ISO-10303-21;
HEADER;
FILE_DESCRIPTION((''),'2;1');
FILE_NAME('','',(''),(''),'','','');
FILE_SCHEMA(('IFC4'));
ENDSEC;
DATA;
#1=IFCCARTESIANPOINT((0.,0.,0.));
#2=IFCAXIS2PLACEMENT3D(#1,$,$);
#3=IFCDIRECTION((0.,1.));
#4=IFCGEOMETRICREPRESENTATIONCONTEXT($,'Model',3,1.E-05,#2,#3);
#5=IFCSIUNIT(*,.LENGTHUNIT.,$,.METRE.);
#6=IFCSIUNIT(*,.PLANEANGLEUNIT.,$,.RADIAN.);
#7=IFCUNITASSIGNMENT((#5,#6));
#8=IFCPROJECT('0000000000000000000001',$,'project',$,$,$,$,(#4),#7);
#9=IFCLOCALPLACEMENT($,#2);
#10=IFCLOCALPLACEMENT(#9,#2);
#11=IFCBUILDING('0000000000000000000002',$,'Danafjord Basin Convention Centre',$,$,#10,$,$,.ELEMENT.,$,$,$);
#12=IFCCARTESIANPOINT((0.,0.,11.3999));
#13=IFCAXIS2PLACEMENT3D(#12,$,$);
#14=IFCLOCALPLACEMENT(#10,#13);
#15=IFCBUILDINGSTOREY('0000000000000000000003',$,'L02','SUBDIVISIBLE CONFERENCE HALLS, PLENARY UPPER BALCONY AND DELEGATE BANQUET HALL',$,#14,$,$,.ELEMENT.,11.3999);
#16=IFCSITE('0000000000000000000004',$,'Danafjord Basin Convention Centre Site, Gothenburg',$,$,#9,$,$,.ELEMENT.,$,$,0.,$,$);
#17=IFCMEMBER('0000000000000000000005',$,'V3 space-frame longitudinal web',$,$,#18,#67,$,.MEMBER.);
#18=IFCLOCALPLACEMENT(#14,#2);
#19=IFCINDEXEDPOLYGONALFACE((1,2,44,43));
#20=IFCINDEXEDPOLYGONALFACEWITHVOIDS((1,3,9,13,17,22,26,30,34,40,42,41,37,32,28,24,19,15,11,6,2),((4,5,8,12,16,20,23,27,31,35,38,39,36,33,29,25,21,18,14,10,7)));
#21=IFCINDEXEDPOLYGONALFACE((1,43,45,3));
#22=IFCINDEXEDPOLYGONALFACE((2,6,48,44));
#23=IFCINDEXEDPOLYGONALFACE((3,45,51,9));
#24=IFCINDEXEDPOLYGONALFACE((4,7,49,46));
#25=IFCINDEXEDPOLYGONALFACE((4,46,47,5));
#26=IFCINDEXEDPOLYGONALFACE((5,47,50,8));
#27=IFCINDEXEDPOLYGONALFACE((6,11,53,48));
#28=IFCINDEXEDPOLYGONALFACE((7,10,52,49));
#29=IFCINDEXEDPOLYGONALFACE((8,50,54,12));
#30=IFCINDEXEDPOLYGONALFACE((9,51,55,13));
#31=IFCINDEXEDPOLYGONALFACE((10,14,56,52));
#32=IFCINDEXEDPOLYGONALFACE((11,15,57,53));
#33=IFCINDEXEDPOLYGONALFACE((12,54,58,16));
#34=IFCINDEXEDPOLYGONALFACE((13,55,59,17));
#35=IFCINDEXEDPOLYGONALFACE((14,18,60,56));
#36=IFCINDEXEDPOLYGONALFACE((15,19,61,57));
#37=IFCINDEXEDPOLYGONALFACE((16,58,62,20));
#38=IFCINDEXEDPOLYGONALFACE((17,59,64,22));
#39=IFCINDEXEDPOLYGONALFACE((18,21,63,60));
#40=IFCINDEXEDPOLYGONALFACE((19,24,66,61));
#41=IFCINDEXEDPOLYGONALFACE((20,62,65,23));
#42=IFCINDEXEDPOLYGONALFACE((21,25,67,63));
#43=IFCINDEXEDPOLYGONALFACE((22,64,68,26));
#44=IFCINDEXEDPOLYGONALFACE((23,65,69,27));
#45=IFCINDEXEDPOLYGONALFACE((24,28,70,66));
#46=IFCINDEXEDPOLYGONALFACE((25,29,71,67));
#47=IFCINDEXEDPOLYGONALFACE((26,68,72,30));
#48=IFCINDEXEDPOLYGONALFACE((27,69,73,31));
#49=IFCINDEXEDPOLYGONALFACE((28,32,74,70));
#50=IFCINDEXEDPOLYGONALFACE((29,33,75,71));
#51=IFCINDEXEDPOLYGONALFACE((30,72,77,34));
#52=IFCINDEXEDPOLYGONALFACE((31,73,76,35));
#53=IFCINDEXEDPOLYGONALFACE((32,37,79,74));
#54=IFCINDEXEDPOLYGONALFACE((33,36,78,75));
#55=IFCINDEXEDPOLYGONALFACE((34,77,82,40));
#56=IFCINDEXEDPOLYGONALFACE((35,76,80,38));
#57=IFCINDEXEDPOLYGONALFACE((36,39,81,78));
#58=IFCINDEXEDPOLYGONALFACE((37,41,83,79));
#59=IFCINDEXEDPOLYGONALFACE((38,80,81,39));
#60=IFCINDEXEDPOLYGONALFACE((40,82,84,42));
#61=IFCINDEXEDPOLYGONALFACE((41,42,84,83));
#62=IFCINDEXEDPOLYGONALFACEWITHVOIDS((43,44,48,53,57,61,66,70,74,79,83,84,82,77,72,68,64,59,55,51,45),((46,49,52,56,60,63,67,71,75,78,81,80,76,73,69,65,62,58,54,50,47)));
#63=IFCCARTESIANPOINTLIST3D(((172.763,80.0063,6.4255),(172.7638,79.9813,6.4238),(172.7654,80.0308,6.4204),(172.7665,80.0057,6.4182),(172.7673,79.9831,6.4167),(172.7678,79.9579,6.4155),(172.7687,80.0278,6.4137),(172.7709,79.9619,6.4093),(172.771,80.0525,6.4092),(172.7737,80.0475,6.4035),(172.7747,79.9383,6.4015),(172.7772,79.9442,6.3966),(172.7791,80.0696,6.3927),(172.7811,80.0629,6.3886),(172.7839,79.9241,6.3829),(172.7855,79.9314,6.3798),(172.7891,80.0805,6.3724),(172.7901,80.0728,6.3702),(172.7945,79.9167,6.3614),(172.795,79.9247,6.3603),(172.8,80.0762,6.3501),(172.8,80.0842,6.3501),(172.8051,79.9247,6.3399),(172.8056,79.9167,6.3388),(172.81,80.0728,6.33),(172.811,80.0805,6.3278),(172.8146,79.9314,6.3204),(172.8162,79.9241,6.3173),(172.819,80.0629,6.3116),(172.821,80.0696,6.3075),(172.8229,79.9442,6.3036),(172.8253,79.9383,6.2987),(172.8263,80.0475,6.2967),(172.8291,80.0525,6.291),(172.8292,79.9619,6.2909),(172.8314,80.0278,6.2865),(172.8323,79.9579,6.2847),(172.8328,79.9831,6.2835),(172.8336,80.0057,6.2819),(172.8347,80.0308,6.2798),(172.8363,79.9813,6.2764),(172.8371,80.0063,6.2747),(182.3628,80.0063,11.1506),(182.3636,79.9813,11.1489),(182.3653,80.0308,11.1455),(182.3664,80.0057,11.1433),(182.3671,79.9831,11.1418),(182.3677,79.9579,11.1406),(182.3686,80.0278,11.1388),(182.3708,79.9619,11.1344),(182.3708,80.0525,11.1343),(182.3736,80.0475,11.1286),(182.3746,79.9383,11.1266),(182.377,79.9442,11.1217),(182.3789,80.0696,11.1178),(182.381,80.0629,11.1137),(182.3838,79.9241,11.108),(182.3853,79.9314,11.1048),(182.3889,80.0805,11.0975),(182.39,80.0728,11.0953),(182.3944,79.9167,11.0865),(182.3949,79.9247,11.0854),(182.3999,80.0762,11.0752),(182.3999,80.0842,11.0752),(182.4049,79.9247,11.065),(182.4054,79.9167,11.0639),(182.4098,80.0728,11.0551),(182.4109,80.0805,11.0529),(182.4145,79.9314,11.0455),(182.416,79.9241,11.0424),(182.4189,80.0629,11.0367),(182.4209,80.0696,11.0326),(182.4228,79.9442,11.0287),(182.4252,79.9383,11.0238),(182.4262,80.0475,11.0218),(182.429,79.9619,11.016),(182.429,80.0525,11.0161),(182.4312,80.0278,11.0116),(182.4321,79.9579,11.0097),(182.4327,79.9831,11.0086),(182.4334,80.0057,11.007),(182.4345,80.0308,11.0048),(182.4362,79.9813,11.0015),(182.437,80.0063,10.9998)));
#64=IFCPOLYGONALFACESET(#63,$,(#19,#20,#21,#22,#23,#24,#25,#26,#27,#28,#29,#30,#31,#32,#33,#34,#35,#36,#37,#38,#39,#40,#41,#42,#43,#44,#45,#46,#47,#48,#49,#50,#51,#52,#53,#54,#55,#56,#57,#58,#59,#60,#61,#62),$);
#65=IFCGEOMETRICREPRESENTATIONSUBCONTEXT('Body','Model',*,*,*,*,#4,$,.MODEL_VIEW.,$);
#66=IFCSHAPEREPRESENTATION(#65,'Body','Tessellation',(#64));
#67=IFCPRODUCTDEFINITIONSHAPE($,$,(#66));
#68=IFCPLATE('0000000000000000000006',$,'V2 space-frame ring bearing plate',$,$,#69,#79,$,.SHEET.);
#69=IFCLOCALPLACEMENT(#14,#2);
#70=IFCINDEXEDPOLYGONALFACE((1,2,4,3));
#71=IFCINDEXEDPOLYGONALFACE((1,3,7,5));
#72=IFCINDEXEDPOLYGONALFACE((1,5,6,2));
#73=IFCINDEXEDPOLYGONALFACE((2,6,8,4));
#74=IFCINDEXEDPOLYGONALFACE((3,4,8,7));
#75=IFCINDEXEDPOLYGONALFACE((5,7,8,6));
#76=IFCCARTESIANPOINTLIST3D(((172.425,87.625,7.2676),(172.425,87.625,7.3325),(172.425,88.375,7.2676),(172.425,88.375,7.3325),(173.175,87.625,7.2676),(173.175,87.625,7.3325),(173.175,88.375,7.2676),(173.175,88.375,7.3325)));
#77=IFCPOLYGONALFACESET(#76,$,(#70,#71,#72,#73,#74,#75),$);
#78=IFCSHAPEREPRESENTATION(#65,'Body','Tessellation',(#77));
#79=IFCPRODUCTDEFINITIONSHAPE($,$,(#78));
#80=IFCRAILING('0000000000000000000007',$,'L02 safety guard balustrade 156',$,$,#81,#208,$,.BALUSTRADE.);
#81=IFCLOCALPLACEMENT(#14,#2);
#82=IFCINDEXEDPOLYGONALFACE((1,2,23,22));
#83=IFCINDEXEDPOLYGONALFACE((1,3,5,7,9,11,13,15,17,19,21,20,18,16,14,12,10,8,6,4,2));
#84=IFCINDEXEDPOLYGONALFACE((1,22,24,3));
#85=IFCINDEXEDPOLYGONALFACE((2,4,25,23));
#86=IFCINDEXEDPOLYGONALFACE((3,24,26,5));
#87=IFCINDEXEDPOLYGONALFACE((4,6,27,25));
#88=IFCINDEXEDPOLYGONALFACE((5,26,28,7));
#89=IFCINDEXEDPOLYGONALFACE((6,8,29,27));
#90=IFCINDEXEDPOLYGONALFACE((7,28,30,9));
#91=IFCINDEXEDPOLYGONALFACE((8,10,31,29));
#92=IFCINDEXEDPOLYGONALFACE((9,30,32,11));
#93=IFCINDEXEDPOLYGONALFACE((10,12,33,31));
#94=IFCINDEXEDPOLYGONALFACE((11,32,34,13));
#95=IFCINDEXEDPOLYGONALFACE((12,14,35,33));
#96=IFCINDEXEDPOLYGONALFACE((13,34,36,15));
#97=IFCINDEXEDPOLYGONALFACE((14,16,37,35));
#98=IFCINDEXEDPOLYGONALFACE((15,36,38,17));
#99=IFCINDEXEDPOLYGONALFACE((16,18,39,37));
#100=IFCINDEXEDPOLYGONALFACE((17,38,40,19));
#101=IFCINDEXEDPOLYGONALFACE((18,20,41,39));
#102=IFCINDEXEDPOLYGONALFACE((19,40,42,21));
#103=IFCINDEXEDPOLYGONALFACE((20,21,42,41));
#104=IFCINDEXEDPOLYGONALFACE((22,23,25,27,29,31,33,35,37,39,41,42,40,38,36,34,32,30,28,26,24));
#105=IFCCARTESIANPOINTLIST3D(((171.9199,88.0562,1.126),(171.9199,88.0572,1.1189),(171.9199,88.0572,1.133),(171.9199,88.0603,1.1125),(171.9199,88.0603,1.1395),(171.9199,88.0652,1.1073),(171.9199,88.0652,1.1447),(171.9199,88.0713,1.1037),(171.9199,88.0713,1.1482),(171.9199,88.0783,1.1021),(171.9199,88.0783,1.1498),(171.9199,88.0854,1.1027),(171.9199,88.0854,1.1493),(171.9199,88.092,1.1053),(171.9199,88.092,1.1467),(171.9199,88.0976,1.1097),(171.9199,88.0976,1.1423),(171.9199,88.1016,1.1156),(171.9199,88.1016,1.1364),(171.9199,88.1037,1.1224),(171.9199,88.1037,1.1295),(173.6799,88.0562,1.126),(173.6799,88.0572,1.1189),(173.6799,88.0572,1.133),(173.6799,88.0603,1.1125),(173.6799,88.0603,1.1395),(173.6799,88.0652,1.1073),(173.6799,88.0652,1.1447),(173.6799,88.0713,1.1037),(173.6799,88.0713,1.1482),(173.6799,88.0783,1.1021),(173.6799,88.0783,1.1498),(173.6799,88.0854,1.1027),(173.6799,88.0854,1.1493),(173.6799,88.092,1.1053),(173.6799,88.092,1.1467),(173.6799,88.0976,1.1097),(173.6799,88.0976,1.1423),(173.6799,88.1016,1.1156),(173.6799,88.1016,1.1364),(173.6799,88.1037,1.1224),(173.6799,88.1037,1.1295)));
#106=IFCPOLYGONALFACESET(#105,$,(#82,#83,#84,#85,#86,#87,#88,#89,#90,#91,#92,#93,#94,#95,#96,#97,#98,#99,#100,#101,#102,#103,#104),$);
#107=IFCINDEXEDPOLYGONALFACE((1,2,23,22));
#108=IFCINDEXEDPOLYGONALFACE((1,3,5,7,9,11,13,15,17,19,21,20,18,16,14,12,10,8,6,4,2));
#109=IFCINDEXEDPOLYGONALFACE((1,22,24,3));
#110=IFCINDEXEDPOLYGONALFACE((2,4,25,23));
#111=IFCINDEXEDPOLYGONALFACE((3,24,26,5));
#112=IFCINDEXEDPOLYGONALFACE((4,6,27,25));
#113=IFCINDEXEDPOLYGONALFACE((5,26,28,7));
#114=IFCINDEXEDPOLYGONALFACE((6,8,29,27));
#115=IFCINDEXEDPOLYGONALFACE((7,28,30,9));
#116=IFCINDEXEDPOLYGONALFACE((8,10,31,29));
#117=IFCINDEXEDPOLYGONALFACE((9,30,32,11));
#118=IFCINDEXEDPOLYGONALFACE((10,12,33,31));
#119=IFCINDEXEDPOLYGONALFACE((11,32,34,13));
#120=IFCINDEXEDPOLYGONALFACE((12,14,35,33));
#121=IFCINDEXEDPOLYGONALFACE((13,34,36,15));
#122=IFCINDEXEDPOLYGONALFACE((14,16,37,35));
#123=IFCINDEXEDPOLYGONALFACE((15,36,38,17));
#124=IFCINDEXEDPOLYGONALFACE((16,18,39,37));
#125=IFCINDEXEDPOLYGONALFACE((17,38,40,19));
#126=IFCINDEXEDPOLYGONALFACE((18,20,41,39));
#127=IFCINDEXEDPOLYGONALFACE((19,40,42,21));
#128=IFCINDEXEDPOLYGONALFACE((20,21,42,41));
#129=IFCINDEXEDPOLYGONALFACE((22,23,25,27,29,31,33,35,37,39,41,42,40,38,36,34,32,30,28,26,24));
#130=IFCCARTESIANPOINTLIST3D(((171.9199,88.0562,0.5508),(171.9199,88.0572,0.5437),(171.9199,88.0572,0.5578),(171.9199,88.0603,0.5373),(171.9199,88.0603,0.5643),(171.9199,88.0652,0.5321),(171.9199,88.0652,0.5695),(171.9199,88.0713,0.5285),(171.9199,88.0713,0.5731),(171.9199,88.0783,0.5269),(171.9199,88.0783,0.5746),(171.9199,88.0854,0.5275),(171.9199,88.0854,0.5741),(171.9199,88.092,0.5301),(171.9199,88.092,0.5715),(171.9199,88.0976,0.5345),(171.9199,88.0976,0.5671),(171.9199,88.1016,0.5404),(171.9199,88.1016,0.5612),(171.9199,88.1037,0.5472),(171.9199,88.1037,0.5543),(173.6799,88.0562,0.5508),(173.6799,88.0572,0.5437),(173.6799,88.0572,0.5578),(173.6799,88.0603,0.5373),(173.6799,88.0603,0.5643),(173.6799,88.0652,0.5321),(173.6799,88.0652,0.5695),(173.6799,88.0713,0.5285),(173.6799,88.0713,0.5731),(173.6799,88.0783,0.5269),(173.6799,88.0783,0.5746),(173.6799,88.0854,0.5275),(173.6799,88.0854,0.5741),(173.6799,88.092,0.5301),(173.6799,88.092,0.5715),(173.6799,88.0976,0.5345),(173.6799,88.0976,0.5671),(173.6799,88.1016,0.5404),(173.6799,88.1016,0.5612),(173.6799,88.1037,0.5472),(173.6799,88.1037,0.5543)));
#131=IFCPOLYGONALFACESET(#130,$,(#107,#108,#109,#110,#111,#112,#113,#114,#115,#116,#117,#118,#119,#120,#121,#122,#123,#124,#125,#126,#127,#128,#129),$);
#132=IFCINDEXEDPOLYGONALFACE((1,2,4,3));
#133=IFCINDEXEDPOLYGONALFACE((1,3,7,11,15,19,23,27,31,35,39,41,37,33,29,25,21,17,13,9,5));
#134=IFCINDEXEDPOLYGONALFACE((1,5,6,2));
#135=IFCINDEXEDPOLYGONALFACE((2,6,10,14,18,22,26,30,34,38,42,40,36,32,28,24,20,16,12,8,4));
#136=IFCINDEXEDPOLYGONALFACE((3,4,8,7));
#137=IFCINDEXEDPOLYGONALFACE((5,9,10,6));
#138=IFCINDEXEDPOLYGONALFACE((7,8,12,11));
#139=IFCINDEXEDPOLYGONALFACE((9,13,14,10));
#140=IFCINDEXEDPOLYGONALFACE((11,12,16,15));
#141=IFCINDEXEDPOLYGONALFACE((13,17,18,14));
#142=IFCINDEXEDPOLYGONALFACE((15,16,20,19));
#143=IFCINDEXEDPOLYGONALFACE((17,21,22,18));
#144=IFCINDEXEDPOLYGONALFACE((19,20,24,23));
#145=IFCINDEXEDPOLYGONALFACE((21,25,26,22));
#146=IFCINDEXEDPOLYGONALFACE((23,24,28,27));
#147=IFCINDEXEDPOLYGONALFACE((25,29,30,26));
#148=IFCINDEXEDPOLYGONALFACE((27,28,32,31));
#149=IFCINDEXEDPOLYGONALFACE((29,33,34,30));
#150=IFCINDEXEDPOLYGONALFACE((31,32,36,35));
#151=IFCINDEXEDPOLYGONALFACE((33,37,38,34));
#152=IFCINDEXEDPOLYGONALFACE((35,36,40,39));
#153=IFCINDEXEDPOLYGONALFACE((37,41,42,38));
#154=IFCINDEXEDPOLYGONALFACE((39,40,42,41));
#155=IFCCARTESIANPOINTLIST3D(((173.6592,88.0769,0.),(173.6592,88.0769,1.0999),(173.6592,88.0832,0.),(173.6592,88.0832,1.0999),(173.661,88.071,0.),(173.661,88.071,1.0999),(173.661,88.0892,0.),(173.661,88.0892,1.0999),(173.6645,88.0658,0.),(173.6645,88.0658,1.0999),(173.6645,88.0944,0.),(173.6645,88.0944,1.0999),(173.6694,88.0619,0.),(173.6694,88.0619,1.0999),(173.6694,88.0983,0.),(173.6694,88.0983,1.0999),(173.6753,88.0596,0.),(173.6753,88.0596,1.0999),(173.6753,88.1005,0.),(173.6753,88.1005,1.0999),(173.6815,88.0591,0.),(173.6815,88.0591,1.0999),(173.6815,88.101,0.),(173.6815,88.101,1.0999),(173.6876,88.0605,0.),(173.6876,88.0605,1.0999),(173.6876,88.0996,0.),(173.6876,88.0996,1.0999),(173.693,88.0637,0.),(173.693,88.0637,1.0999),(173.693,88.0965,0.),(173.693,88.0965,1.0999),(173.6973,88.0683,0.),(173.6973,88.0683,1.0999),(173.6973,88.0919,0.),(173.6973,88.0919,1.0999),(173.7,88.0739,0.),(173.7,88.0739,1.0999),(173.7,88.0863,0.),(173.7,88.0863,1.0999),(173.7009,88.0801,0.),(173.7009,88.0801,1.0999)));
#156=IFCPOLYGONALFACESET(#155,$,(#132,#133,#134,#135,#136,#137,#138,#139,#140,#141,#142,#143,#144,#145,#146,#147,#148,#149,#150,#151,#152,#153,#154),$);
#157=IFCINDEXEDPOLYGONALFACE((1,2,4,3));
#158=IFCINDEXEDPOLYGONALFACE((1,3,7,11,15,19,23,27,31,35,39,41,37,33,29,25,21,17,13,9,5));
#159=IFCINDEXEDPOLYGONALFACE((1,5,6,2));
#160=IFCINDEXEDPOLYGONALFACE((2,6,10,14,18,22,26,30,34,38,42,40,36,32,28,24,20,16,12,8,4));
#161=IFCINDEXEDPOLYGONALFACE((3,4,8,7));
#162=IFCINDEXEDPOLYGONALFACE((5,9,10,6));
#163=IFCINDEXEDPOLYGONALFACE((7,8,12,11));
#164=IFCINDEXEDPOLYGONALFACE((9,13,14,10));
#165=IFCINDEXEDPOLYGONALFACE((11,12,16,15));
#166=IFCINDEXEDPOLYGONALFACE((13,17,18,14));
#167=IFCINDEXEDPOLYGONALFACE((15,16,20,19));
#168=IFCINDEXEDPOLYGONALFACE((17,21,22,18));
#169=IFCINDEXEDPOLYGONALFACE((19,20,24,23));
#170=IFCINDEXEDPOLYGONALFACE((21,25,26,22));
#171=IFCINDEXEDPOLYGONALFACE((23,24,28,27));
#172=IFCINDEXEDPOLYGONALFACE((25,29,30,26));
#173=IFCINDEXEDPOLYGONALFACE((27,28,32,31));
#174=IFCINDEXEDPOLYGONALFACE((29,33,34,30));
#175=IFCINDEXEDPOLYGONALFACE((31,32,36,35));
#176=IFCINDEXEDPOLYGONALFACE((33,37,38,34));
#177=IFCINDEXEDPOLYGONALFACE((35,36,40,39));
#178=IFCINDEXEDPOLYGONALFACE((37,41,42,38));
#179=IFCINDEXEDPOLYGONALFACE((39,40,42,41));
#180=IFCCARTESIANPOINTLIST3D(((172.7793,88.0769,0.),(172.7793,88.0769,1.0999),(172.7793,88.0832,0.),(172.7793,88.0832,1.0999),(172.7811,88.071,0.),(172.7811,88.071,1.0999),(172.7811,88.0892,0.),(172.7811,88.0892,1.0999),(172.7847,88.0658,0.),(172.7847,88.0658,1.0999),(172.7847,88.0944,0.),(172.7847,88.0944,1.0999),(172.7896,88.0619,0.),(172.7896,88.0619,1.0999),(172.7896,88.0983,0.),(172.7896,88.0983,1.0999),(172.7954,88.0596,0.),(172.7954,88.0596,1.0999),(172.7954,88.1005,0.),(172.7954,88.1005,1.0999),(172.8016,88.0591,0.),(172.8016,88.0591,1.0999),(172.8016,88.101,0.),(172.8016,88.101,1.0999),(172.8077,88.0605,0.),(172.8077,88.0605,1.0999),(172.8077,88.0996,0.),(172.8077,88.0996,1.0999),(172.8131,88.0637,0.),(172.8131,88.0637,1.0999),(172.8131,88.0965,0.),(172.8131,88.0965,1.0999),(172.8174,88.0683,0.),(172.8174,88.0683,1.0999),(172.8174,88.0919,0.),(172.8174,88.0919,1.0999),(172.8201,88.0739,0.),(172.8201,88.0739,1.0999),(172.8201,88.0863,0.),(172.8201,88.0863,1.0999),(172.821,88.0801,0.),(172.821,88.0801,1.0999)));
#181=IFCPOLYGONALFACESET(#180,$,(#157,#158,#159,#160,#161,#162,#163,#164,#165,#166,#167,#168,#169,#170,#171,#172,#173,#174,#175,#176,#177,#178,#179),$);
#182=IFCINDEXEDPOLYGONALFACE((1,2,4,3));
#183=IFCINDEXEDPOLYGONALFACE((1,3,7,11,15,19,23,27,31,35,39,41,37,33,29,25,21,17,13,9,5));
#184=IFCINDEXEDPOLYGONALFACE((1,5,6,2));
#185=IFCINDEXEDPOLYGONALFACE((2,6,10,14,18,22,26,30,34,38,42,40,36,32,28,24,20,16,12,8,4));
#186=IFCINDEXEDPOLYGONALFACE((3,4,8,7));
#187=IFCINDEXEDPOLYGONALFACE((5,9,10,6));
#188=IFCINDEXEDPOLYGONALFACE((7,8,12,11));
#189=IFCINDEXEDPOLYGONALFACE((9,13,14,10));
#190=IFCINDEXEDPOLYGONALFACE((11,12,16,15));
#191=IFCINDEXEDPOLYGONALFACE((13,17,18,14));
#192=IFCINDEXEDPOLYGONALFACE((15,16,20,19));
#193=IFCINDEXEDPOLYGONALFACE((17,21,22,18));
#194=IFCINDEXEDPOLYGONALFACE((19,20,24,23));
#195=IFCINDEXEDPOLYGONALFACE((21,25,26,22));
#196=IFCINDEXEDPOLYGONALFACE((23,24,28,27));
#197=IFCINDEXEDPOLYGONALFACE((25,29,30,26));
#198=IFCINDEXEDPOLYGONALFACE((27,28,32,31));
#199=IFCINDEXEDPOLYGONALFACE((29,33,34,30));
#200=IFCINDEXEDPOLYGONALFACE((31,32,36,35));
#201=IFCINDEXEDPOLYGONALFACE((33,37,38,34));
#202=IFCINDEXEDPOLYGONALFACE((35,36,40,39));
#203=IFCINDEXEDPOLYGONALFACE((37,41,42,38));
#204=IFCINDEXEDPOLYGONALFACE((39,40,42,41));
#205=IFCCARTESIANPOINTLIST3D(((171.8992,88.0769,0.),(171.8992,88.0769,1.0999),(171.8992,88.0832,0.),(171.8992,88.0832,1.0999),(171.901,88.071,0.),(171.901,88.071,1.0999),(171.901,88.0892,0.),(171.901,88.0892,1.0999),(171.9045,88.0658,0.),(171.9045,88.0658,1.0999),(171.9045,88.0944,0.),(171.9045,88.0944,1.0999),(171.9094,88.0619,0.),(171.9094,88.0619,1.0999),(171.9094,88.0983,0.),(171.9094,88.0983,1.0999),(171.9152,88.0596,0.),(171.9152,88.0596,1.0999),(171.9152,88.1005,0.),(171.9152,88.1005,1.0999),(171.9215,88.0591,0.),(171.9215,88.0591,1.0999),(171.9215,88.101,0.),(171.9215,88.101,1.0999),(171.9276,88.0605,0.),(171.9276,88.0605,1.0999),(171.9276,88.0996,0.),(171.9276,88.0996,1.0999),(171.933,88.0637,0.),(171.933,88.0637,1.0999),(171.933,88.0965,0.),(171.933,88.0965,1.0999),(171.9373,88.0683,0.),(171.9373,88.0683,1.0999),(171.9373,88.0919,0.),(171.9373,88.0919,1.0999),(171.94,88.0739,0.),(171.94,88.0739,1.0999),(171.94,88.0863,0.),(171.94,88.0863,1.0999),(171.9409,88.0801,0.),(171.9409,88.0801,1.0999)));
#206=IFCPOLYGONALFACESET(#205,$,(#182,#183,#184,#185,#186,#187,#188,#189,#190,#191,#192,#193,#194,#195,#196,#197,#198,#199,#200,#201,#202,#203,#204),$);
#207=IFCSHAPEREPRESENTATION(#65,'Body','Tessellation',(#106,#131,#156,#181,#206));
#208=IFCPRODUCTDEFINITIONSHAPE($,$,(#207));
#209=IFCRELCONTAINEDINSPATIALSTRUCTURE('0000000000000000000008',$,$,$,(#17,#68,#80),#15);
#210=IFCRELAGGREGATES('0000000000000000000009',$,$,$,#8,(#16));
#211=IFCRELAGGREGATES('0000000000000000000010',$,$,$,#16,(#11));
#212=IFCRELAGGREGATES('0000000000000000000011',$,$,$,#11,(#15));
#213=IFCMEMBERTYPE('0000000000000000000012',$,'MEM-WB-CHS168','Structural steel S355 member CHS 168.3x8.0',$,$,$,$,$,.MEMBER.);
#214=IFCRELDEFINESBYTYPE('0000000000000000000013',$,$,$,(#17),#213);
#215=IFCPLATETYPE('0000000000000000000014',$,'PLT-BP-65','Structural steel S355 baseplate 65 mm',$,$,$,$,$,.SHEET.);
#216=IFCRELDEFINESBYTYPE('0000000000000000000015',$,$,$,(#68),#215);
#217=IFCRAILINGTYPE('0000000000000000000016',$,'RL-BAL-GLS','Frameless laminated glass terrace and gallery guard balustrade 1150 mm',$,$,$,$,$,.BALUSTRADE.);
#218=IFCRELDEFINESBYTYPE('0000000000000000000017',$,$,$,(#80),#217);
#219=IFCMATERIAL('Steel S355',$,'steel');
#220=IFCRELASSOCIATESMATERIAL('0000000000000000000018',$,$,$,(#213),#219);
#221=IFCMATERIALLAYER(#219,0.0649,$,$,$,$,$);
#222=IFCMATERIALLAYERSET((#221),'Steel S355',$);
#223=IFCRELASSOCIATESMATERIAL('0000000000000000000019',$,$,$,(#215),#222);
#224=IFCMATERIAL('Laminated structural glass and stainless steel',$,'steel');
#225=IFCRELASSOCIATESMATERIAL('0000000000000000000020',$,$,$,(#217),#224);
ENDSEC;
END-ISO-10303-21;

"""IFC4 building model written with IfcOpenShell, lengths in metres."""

from ifc_helpers import new_model, si_unit, direction, frame, origin, origin_2d, place, context, subcontext, project, spatial, rectangle, circle, hollow_circle, extrude, material, layer, layer_set, material_profile, profile_set, type_object, element, save


model = new_model("IFC4")

# Units and contexts
model_context = context("Model", 3, precision=1e-05, world=origin(), true_north=direction((0.0, 1.0)))
body_context = subcontext(model_context, "Body", "Model", "MODEL_VIEW")
ifc_project = project(units=[si_unit("LENGTHUNIT", "METRE"), si_unit("PLANEANGLEUNIT", "RADIAN")], contexts=[model_context])

# Site, building, storey
site_placement = place(None, origin())
site = spatial("IfcSite", under=ifc_project, at=site_placement, Name="Danafjord Basin Convention Centre Site, Gothenburg", CompositionType="ELEMENT", RefElevation=0.0)
building_placement = place(site_placement, origin())
building = spatial("IfcBuilding", under=site, at=building_placement, Name="Danafjord Basin Convention Centre", CompositionType="ELEMENT")
storey_placement = place(building_placement, frame((0.0, 0.0, 11.3999)))
storey = spatial("IfcBuildingStorey", under=building, at=storey_placement, Name="L02", Description="SUBDIVISIBLE CONFERENCE HALLS, PLENARY UPPER BALCONY AND DELEGATE BANQUET HALL", CompositionType="ELEMENT", Elevation=11.3999)

# Shared definitions
ifc_material_1 = material(Name="Steel S355", Category="steel")

# Member
ifc_material_profile_1 = material_profile(ifc_material_1, hollow_circle(Radius=0.0842, WallThickness=0.0081, at=origin_2d()), Name="CHS 168.3x8.0")
ifc_profile_set_1 = profile_set([ifc_material_profile_1], Name="Steel S355")
member_type_1 = type_object("IfcMemberType", Name="MEM-WB-CHS168", Description="Structural steel S355 member CHS 168.3x8.0", PredefinedType="MEMBER", material=ifc_profile_set_1)
member_1_placement = place(storey_placement, frame((172.8, 80.0, 6.3501), z_axis=(0.897207, 0.0, 0.44161), x_axis=(0.0, 1.0, 0.0)))
element("IfcMember", 1, at=member_1_placement, inside=storey, type_object=member_type_1, Name="V3 space-frame longitudinal web", PredefinedType="MEMBER", context=body_context, shape_type="SweptSolid", body=[
    extrude(hollow_circle(Radius=0.0842, WallThickness=0.0081, at=origin_2d()), origin(), (0.0, 0.0, 1.0), 10.6997),
])

# Plate
ifc_layer = layer(ifc_material_1, 0.0649)
ifc_layer_set = layer_set([ifc_layer], Name="Steel S355")
plate_type = type_object("IfcPlateType", Name="PLT-BP-65", Description="Structural steel S355 baseplate 65 mm", PredefinedType="SHEET", material=ifc_layer_set)
plate_placement = place(storey_placement, frame((172.8, 88.0, 7.2676), z_axis=(0.0, 0.0, 1.0), x_axis=(1.0, 0.0, 0.0)))
element("IfcPlate", 2, at=plate_placement, inside=storey, type_object=plate_type, Name="V2 space-frame ring bearing plate", PredefinedType="SHEET", context=body_context, shape_type="SweptSolid", body=[
    extrude(rectangle(XDim=0.75, YDim=0.75, at=origin_2d()), origin(), (0.0, 0.0, 1.0), 0.0649),
])

# Railing
ifc_material_2 = material(Name="Laminated structural glass and stainless steel", Category="steel")
railing_type = type_object("IfcRailingType", Name="RL-BAL-GLS", Description="Frameless laminated glass terrace and gallery guard balustrade 1150 mm", PredefinedType="BALUSTRADE", material=ifc_material_2)
railing_placement = place(storey_placement, frame((173.6799, 88.0801, 0.0)))
element("IfcRailing", 3, at=railing_placement, inside=storey, type_object=railing_type, Name="L02 safety guard balustrade 156", PredefinedType="BALUSTRADE", context=body_context, shape_type="SweptSolid", body=[
    extrude(circle(Radius=0.0239, at=origin_2d()), frame((0.0, 0.0, 1.126), z_axis=(-1.0, 0.0, 0.0), x_axis=(0.0, -1.0, 0.0)), (0.0, 0.0, 1.0), 1.76),
    extrude(circle(Radius=0.0239, at=origin_2d()), frame((0.0, 0.0, 0.5508), z_axis=(-1.0, 0.0, 0.0), x_axis=(0.0, -1.0, 0.0)), (0.0, 0.0, 1.0), 1.76),
    extrude(circle(Radius=0.021, at=origin_2d()), origin(), (0.0, 0.0, 1.0), 1.0999),
    extrude(circle(Radius=0.021, at=origin_2d()), frame((-0.8799, 0.0, 0.0)), (0.0, 0.0, 1.0), 1.0999),
    extrude(circle(Radius=0.021, at=origin_2d()), frame((-1.76, 0.0, 0.0)), (0.0, 0.0, 1.0), 1.0999),
])

save(model, "model.ifc")
